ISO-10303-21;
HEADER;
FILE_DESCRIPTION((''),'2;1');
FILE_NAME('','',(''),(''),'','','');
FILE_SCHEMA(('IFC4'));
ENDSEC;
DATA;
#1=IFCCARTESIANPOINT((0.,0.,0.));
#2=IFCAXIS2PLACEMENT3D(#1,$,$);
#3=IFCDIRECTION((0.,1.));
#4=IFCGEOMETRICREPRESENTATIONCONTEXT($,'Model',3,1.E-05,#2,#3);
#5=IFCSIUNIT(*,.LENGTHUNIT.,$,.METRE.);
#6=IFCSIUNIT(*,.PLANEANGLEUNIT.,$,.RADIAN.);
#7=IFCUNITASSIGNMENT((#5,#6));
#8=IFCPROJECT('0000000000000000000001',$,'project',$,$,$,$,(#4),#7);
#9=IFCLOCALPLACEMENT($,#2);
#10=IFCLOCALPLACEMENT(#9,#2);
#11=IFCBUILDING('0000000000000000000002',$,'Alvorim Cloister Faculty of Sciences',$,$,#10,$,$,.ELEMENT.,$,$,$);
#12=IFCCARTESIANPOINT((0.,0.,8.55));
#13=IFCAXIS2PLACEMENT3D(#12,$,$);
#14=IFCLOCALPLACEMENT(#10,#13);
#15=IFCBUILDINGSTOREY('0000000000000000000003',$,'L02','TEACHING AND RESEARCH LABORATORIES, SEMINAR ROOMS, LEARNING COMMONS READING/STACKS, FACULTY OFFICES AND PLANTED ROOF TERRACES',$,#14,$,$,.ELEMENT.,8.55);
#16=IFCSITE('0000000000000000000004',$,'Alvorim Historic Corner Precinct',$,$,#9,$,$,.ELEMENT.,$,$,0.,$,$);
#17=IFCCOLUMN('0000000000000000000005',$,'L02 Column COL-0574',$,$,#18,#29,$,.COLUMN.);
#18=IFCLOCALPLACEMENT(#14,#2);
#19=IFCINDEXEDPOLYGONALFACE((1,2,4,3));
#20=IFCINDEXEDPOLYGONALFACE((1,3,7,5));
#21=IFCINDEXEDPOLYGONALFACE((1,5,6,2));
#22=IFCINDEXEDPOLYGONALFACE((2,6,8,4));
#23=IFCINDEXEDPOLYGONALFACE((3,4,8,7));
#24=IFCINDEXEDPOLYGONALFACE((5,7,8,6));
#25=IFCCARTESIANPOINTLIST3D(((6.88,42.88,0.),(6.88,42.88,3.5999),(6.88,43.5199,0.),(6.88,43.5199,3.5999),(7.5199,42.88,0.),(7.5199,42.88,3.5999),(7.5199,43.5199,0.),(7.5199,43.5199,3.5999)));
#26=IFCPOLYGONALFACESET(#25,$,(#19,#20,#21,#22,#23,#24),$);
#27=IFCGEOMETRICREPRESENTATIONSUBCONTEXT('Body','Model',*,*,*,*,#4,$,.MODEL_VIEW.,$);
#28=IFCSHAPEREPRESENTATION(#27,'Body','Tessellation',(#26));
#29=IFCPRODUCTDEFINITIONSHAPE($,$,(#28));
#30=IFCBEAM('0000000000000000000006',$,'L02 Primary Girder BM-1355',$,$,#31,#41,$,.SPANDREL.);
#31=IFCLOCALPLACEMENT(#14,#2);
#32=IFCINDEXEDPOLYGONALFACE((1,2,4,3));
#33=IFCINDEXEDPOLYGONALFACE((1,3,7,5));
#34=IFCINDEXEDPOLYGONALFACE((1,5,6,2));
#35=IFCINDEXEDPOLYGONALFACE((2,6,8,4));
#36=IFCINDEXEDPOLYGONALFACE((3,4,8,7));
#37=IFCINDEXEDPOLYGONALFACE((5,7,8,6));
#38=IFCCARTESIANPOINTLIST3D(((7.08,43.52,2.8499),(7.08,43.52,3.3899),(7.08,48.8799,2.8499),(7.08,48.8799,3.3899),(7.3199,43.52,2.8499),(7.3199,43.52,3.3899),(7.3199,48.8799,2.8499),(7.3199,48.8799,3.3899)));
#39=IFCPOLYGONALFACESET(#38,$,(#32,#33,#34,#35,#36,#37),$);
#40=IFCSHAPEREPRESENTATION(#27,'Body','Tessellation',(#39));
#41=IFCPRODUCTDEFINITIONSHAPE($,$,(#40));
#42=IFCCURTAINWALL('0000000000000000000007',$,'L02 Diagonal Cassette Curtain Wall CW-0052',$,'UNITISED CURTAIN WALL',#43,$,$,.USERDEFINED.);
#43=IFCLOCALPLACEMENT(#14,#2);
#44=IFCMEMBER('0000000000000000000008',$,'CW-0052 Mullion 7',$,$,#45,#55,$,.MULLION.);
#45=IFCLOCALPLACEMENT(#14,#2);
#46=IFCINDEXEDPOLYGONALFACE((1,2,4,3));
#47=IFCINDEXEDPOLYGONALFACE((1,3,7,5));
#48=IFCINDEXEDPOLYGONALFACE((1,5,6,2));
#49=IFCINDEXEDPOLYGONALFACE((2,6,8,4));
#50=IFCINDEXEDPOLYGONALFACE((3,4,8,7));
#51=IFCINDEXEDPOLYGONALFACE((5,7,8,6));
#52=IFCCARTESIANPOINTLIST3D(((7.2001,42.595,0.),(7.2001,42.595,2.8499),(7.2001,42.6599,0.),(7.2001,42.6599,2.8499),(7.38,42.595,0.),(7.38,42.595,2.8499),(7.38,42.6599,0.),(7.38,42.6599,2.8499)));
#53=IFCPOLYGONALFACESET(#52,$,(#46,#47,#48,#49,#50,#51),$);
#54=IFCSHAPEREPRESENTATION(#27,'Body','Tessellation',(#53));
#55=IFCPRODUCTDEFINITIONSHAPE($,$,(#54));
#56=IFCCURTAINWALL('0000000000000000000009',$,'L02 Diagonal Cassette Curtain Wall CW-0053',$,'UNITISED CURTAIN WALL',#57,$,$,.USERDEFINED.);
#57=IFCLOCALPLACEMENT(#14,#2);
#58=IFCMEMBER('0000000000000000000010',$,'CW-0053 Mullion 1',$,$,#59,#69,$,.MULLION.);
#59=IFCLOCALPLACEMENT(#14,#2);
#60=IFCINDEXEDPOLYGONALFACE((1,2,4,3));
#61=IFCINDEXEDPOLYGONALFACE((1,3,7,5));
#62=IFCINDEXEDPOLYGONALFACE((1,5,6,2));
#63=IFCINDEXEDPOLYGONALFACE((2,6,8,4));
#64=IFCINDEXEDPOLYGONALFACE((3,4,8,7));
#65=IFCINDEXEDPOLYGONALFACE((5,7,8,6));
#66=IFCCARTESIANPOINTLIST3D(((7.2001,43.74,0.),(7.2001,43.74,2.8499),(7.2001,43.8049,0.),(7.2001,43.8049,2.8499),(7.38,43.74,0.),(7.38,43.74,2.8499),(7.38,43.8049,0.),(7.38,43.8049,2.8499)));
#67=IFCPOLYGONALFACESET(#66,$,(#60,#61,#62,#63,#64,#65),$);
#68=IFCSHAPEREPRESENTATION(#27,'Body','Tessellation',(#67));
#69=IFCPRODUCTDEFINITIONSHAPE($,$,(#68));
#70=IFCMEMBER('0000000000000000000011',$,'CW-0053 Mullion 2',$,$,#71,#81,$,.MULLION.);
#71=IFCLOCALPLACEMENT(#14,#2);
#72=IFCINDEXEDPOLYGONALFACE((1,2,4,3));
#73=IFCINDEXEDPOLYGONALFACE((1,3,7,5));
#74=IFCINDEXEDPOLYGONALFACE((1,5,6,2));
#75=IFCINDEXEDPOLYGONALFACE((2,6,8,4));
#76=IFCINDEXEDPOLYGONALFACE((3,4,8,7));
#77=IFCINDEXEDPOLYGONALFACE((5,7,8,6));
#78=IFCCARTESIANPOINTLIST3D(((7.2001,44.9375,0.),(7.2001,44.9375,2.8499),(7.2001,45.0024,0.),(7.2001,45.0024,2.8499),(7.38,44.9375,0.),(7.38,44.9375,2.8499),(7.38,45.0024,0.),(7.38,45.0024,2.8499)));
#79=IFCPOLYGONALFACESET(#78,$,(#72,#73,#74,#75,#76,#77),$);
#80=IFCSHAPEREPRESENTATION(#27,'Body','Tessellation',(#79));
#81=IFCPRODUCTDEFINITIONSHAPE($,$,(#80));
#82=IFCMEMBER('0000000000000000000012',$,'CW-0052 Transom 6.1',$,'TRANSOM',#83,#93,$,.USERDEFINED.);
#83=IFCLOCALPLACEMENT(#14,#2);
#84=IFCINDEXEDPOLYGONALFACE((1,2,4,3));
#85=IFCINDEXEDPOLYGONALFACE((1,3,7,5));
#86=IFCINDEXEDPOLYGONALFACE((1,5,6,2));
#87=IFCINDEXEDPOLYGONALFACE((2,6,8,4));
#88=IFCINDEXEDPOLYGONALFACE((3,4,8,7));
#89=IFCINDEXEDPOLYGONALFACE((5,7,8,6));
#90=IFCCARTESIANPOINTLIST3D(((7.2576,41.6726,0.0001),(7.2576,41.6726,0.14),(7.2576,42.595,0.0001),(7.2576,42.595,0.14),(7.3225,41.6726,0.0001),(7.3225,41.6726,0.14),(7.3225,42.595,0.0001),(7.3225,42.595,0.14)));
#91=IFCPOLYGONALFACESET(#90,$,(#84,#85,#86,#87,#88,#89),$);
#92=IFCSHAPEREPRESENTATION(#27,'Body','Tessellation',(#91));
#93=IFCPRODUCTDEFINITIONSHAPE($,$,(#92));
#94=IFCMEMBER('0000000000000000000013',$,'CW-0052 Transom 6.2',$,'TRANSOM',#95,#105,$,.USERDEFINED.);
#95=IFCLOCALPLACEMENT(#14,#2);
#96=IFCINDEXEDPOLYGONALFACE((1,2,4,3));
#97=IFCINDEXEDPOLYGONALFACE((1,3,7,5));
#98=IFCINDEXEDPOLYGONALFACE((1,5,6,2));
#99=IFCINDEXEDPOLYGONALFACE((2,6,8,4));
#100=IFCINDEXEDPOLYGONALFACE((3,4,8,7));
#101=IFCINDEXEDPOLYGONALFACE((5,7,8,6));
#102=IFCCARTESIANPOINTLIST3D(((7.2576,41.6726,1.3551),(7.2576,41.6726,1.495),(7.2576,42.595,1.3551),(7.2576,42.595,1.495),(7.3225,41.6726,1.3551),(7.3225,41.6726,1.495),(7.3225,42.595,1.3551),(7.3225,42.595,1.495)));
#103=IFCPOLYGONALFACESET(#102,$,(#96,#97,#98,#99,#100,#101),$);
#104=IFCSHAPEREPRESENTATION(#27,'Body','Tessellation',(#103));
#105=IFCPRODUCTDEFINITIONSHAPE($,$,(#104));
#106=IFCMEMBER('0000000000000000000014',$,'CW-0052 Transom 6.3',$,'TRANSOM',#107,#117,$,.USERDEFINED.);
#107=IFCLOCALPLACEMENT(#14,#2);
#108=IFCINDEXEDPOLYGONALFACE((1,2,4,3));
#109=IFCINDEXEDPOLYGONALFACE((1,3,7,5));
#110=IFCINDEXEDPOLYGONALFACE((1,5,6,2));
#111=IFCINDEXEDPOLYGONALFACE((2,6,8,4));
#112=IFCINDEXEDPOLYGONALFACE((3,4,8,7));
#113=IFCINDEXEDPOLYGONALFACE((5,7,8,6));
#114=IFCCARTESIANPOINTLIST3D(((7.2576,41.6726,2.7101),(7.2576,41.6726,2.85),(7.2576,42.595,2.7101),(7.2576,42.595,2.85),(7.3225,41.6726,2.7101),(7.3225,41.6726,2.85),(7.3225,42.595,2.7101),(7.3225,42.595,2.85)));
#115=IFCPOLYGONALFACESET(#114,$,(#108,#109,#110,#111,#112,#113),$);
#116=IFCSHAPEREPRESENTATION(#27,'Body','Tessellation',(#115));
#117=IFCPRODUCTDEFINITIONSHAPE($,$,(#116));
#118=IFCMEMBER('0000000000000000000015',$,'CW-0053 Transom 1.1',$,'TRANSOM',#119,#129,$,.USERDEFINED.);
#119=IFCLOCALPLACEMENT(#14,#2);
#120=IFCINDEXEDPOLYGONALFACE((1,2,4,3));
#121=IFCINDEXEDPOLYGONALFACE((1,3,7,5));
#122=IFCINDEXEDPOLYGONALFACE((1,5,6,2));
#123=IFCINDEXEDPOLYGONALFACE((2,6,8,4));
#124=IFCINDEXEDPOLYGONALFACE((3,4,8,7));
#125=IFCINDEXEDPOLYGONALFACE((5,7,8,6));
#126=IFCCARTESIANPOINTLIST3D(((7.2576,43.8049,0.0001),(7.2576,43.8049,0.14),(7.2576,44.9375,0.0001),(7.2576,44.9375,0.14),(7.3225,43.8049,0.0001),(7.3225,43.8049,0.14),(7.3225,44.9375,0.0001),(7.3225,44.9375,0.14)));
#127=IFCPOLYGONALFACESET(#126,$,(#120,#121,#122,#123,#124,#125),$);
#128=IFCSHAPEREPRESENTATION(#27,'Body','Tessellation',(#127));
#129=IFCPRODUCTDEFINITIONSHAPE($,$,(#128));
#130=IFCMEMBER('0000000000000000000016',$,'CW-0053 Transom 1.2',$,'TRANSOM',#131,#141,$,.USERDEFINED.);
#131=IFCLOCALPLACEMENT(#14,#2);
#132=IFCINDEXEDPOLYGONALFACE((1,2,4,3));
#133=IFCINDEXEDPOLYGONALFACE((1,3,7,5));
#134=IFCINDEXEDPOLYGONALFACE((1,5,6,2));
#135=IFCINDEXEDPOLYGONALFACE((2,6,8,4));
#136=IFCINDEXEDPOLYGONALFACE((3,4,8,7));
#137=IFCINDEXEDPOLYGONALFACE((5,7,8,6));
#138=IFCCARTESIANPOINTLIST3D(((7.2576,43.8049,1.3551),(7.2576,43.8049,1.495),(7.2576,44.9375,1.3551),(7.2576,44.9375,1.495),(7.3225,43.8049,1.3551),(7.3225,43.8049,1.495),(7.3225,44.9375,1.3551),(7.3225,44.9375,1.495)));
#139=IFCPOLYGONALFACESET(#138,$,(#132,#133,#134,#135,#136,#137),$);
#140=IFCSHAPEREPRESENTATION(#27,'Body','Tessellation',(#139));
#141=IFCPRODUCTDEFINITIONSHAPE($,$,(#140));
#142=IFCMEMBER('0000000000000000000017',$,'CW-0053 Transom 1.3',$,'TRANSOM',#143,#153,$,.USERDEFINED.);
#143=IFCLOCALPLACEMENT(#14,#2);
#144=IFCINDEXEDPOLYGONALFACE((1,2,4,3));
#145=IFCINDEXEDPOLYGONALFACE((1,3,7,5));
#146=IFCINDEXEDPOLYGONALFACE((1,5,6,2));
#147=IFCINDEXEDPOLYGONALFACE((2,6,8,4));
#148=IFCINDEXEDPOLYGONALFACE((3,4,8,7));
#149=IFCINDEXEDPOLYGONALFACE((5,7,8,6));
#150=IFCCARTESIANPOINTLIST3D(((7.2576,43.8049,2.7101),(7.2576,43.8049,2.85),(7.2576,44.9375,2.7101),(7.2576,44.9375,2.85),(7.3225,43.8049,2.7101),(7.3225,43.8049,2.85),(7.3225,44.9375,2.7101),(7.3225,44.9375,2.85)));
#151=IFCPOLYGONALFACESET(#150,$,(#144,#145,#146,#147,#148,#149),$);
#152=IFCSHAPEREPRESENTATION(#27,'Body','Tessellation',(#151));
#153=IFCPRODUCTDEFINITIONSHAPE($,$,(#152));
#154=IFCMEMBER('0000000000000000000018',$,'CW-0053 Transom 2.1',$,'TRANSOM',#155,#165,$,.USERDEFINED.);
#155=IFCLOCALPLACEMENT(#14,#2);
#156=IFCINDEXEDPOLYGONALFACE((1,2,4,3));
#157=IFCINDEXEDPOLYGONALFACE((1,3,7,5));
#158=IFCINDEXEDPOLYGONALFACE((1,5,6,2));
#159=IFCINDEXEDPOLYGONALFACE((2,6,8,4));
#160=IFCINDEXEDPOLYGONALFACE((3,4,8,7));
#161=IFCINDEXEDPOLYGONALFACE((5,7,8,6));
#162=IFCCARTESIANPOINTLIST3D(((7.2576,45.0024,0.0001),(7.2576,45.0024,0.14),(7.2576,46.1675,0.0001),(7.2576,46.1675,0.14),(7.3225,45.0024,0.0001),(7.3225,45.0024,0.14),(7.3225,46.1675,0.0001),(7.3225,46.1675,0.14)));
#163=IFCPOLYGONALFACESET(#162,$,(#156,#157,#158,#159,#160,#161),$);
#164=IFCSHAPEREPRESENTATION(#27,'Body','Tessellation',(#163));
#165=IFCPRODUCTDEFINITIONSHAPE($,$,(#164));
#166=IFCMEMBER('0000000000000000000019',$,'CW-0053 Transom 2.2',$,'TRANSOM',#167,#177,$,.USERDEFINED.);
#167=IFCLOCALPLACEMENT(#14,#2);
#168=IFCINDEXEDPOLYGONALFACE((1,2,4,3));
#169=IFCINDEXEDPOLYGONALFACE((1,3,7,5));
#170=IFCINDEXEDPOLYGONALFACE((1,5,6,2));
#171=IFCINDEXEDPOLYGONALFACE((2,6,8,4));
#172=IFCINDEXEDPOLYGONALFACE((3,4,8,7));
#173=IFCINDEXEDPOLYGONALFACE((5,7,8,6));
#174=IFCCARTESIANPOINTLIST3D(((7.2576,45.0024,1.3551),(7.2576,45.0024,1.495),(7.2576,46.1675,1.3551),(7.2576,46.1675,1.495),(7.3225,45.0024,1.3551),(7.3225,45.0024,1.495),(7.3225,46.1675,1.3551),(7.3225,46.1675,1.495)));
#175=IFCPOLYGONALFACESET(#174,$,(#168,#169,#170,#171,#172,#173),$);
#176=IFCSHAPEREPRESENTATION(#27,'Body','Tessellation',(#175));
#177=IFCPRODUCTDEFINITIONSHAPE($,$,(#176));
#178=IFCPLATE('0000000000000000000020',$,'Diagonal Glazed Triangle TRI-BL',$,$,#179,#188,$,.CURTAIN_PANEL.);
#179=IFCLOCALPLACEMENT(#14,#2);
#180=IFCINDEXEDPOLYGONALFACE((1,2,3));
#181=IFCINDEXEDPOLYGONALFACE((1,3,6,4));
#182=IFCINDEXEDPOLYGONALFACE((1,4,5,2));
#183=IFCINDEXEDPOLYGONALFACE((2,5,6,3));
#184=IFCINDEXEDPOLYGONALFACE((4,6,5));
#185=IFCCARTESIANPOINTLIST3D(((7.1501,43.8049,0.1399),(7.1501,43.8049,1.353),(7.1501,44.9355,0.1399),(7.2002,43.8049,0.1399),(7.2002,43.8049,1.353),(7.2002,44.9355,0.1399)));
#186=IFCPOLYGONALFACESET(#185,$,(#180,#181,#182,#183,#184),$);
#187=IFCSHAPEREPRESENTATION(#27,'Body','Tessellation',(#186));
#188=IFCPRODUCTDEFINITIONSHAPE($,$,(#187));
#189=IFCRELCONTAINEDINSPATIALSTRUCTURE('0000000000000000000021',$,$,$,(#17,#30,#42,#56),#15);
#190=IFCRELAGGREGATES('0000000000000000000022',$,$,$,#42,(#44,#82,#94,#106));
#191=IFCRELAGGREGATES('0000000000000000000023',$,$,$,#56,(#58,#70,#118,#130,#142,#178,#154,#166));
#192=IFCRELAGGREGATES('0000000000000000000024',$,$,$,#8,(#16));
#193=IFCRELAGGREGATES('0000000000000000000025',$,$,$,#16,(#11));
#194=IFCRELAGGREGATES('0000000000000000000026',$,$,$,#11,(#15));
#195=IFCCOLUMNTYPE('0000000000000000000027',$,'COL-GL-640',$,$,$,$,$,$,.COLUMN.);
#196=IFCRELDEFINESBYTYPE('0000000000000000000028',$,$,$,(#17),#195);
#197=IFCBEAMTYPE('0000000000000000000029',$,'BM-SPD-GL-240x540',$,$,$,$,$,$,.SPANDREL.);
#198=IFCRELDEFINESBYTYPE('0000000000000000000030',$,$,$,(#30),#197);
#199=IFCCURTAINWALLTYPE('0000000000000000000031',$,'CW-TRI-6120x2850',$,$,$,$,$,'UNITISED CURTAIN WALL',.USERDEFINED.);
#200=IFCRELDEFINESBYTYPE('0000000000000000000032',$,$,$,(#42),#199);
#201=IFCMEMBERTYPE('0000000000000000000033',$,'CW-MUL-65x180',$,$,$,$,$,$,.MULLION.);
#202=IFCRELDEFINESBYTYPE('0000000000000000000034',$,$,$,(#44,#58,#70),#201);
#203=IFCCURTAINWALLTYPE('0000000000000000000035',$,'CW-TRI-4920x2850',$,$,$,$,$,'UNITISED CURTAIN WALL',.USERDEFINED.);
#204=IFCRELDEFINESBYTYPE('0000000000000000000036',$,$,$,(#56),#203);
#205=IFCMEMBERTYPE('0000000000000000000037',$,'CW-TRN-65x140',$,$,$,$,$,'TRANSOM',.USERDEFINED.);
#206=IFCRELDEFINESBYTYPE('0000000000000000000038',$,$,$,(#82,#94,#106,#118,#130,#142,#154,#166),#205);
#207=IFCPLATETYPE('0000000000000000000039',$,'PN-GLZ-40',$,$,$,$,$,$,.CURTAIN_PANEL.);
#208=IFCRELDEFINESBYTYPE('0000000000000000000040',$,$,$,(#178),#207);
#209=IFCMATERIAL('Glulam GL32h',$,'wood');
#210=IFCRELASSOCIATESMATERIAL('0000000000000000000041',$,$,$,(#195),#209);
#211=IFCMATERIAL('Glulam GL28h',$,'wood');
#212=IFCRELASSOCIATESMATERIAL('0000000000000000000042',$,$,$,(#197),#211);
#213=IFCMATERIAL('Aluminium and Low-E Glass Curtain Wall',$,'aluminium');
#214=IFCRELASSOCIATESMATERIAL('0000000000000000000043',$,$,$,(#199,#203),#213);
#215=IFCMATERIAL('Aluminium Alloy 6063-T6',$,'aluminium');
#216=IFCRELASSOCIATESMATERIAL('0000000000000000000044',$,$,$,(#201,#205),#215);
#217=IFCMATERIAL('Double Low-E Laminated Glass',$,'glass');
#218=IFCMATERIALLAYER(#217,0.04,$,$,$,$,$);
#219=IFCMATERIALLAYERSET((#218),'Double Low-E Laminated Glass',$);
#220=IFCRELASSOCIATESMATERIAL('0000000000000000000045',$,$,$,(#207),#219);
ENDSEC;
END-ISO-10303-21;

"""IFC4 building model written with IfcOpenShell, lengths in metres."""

from ifc_helpers import new_model, si_unit, direction, frame, origin, origin_2d, place, context, subcontext, project, spatial, polyline, rectangle, outline, extrude, material, layer, layer_set, material_profile, profile_set, type_object, element, aggregate, save


model = new_model("IFC4")

# Units and contexts
model_context = context("Model", 3, precision=1e-05, world=origin(), true_north=direction((0.0, 1.0)))
body_context = subcontext(model_context, "Body", "Model", "MODEL_VIEW")
ifc_project = project(units=[si_unit("LENGTHUNIT", "METRE"), si_unit("PLANEANGLEUNIT", "RADIAN")], contexts=[model_context])

# Site, building, storey
site_placement = place(None, origin())
site = spatial("IfcSite", under=ifc_project, at=site_placement, Name="Alvorim Historic Corner Precinct", CompositionType="ELEMENT", RefElevation=0.0)
building_placement = place(site_placement, origin())
building = spatial("IfcBuilding", under=site, at=building_placement, Name="Alvorim Cloister Faculty of Sciences", CompositionType="ELEMENT")
storey_placement = place(building_placement, frame((0.0, 0.0, 8.55)))
storey = spatial("IfcBuildingStorey", under=building, at=storey_placement, Name="L02", Description="TEACHING AND RESEARCH LABORATORIES, SEMINAR ROOMS, LEARNING COMMONS READING/STACKS, FACULTY OFFICES AND PLANTED ROOF TERRACES", CompositionType="ELEMENT", Elevation=8.55)

# Column
ifc_material_1 = material(Name="Glulam GL32h", Category="wood")
ifc_material_profile_1 = material_profile(ifc_material_1, rectangle(XDim=0.6399, YDim=0.6399, at=origin_2d()), Name="GL32-COL-640x640")
ifc_profile_set_1 = profile_set([ifc_material_profile_1], Name="Glulam GL32h")
column_type = type_object("IfcColumnType", Name="COL-GL-640", PredefinedType="COLUMN", material=ifc_profile_set_1)
column_placement = place(storey_placement, frame((7.2, 43.2, 0.0), z_axis=(0.0, 0.0, 1.0), x_axis=(1.0, 0.0, 0.0)))
element("IfcColumn", 1, at=column_placement, inside=storey, type_object=column_type, Name="L02 Column COL-0574", PredefinedType="COLUMN", context=body_context, shape_type="SweptSolid", body=[
    extrude(rectangle(XDim=0.6399, YDim=0.6399, at=origin_2d()), origin(), (0.0, 0.0, 1.0), 3.5999),
])

# Beam
ifc_material_2 = material(Name="Glulam GL28h", Category="wood")
ifc_material_profile_2 = material_profile(ifc_material_2, rectangle(XDim=0.24, YDim=0.54, at=origin_2d()), Name="GL28-SPD-240x540")
ifc_profile_set_2 = profile_set([ifc_material_profile_2], Name="Glulam GL28h")
beam_type = type_object("IfcBeamType", Name="BM-SPD-GL-240x540", PredefinedType="SPANDREL", material=ifc_profile_set_2)
beam_placement = place(storey_placement, frame((7.2, 43.52, 3.1199), z_axis=(0.0, 1.0, 0.0), x_axis=(-1.0, 0.0, 0.0)))
element("IfcBeam", 2, at=beam_placement, inside=storey, type_object=beam_type, Name="L02 Primary Girder BM-1355", PredefinedType="SPANDREL", context=body_context, shape_type="SweptSolid", body=[
    extrude(rectangle(XDim=0.24, YDim=0.54, at=origin_2d()), origin(), (0.0, 0.0, 1.0), 5.3599),
])

# Curtain wall, member
ifc_material_3 = material(Name="Aluminium and Low-E Glass Curtain Wall", Category="aluminium")
curtain_wall_type_1 = type_object("IfcCurtainWallType", Name="CW-TRI-6120x2850", ElementType="UNITISED CURTAIN WALL", PredefinedType="USERDEFINED", material=ifc_material_3)
curtain_wall_1_placement = place(storey_placement, origin())
curtain_wall_1 = element("IfcCurtainWall", 3, at=curtain_wall_1_placement, inside=storey, type_object=curtain_wall_type_1, Name="L02 Diagonal Cassette Curtain Wall CW-0052", ObjectType="UNITISED CURTAIN WALL", PredefinedType="USERDEFINED")
ifc_material_4 = material(Name="Aluminium Alloy 6063-T6", Category="aluminium")
ifc_material_profile_3 = material_profile(ifc_material_4, rectangle(XDim=0.0649, YDim=0.1799, at=origin_2d()), Name="ALU-MUL-65x180")
ifc_profile_set_3 = profile_set([ifc_material_profile_3], Name="Aluminium Alloy 6063-T6")
member_type_1 = type_object("IfcMemberType", Name="CW-MUL-65x180", PredefinedType="MULLION", material=ifc_profile_set_3)
member_1_placement = place(storey_placement, frame((7.29, 42.6274, 0.0), z_axis=(0.0, 0.0, 1.0), x_axis=(0.0, 1.0, 0.0)))
member_1 = element("IfcMember", 4, at=member_1_placement, type_object=member_type_1, Name="CW-0052 Mullion 7", PredefinedType="MULLION", context=body_context, shape_type="SweptSolid", body=[
    extrude(rectangle(XDim=0.0649, YDim=0.1799, at=origin_2d()), origin(), (0.0, 0.0, 1.0), 2.8499),
])

# Curtain wall, members
curtain_wall_type_2 = type_object("IfcCurtainWallType", Name="CW-TRI-4920x2850", ElementType="UNITISED CURTAIN WALL", PredefinedType="USERDEFINED", material=ifc_material_3)
curtain_wall_2_placement = place(storey_placement, origin())
curtain_wall_2 = element("IfcCurtainWall", 5, at=curtain_wall_2_placement, inside=storey, type_object=curtain_wall_type_2, Name="L02 Diagonal Cassette Curtain Wall CW-0053", ObjectType="UNITISED CURTAIN WALL", PredefinedType="USERDEFINED")
member_2_placement = place(storey_placement, frame((7.29, 43.7725, 0.0), z_axis=(0.0, 0.0, 1.0), x_axis=(0.0, 1.0, 0.0)))
member_2 = element("IfcMember", 6, at=member_2_placement, type_object=member_type_1, Name="CW-0053 Mullion 1", PredefinedType="MULLION", context=body_context, shape_type="SweptSolid", body=[
    extrude(rectangle(XDim=0.0649, YDim=0.1799, at=origin_2d()), origin(), (0.0, 0.0, 1.0), 2.8499),
])
member_3_placement = place(storey_placement, frame((7.29, 44.97, 0.0), z_axis=(0.0, 0.0, 1.0), x_axis=(0.0, 1.0, 0.0)))
member_3 = element("IfcMember", 7, at=member_3_placement, type_object=member_type_1, Name="CW-0053 Mullion 2", PredefinedType="MULLION", context=body_context, shape_type="SweptSolid", body=[
    extrude(rectangle(XDim=0.0649, YDim=0.1799, at=origin_2d()), origin(), (0.0, 0.0, 1.0), 2.8499),
])

# Members
ifc_material_profile_4 = material_profile(ifc_material_4, rectangle(XDim=0.0649, YDim=0.1399, at=origin_2d()), Name="ALU-TRN-65x140")
ifc_profile_set_4 = profile_set([ifc_material_profile_4], Name="Aluminium Alloy 6063-T6")
member_type_2 = type_object("IfcMemberType", Name="CW-TRN-65x140", ElementType="TRANSOM", PredefinedType="USERDEFINED", material=ifc_profile_set_4)
member_4_placement = place(storey_placement, frame((7.29, 41.6726, 0.0701), z_axis=(0.0, 1.0, 0.0), x_axis=(-1.0, 0.0, 0.0)))
member_4 = element("IfcMember", 8, at=member_4_placement, type_object=member_type_2, Name="CW-0052 Transom 6.1", ObjectType="TRANSOM", PredefinedType="USERDEFINED", context=body_context, shape_type="SweptSolid", body=[
    extrude(rectangle(XDim=0.0649, YDim=0.1399, at=origin_2d()), origin(), (0.0, 0.0, 1.0), 0.9224),
])
member_5_placement = place(storey_placement, frame((7.29, 41.6726, 1.425), z_axis=(0.0, 1.0, 0.0), x_axis=(-1.0, 0.0, 0.0)))
member_5 = element("IfcMember", 9, at=member_5_placement, type_object=member_type_2, Name="CW-0052 Transom 6.2", ObjectType="TRANSOM", PredefinedType="USERDEFINED", context=body_context, shape_type="SweptSolid", body=[
    extrude(rectangle(XDim=0.0649, YDim=0.1399, at=origin_2d()), origin(), (0.0, 0.0, 1.0), 0.9224),
])
member_6_placement = place(storey_placement, frame((7.29, 41.6726, 2.78), z_axis=(0.0, 1.0, 0.0), x_axis=(-1.0, 0.0, 0.0)))
member_6 = element("IfcMember", 10, at=member_6_placement, type_object=member_type_2, Name="CW-0052 Transom 6.3", ObjectType="TRANSOM", PredefinedType="USERDEFINED", context=body_context, shape_type="SweptSolid", body=[
    extrude(rectangle(XDim=0.0649, YDim=0.1399, at=origin_2d()), origin(), (0.0, 0.0, 1.0), 0.9224),
])
aggregate(curtain_wall_1, [member_1, member_4, member_5, member_6])
member_7_placement = place(storey_placement, frame((7.29, 43.8049, 0.0701), z_axis=(0.0, 1.0, 0.0), x_axis=(-1.0, 0.0, 0.0)))
member_7 = element("IfcMember", 11, at=member_7_placement, type_object=member_type_2, Name="CW-0053 Transom 1.1", ObjectType="TRANSOM", PredefinedType="USERDEFINED", context=body_context, shape_type="SweptSolid", body=[
    extrude(rectangle(XDim=0.0649, YDim=0.1399, at=origin_2d()), origin(), (0.0, 0.0, 1.0), 1.1326),
])
member_8_placement = place(storey_placement, frame((7.29, 43.8049, 1.425), z_axis=(0.0, 1.0, 0.0), x_axis=(-1.0, 0.0, 0.0)))
member_8 = element("IfcMember", 12, at=member_8_placement, type_object=member_type_2, Name="CW-0053 Transom 1.2", ObjectType="TRANSOM", PredefinedType="USERDEFINED", context=body_context, shape_type="SweptSolid", body=[
    extrude(rectangle(XDim=0.0649, YDim=0.1399, at=origin_2d()), origin(), (0.0, 0.0, 1.0), 1.1326),
])
member_9_placement = place(storey_placement, frame((7.29, 43.8049, 2.78), z_axis=(0.0, 1.0, 0.0), x_axis=(-1.0, 0.0, 0.0)))
member_9 = element("IfcMember", 13, at=member_9_placement, type_object=member_type_2, Name="CW-0053 Transom 1.3", ObjectType="TRANSOM", PredefinedType="USERDEFINED", context=body_context, shape_type="SweptSolid", body=[
    extrude(rectangle(XDim=0.0649, YDim=0.1399, at=origin_2d()), origin(), (0.0, 0.0, 1.0), 1.1326),
])
member_10_placement = place(storey_placement, frame((7.29, 45.0024, 0.0701), z_axis=(0.0, 1.0, 0.0), x_axis=(-1.0, 0.0, 0.0)))
member_10 = element("IfcMember", 14, at=member_10_placement, type_object=member_type_2, Name="CW-0053 Transom 2.1", ObjectType="TRANSOM", PredefinedType="USERDEFINED", context=body_context, shape_type="SweptSolid", body=[
    extrude(rectangle(XDim=0.0649, YDim=0.1399, at=origin_2d()), origin(), (0.0, 0.0, 1.0), 1.165),
])
member_11_placement = place(storey_placement, frame((7.29, 45.0024, 1.425), z_axis=(0.0, 1.0, 0.0), x_axis=(-1.0, 0.0, 0.0)))
member_11 = element("IfcMember", 15, at=member_11_placement, type_object=member_type_2, Name="CW-0053 Transom 2.2", ObjectType="TRANSOM", PredefinedType="USERDEFINED", context=body_context, shape_type="SweptSolid", body=[
    extrude(rectangle(XDim=0.0649, YDim=0.1399, at=origin_2d()), origin(), (0.0, 0.0, 1.0), 1.165),
])

# Plate
ifc_material_5 = material(Name="Double Low-E Laminated Glass", Category="glass")
ifc_layer_1 = layer(ifc_material_5, 0.04)
ifc_layer_set_1 = layer_set([ifc_layer_1], Name="Double Low-E Laminated Glass")
plate_type = type_object("IfcPlateType", Name="PN-GLZ-40", PredefinedType="CURTAIN_PANEL", material=ifc_layer_set_1)
plate_1_placement = place(storey_placement, frame((7.175, 43.8049, 0.1399), z_axis=(0.0, 0.0, 1.0), x_axis=(0.0, 1.0, 0.0)))
plate_1 = element("IfcPlate", 16, at=plate_1_placement, type_object=plate_type, Name="Diagonal Glazed Triangle TRI-BL", PredefinedType="CURTAIN_PANEL", context=body_context, shape_type="SweptSolid", body=[
    extrude(outline(polyline([(0.0, 0.0), (1.1306, 0.0), (0.0, 1.2131), (0.0, 0.0)])), frame((0.0, 0.0249, 0.0), z_axis=(0.0, -1.0, 0.0), x_axis=(1.0, 0.0, 0.0)), (0.0, 0.0, 1.0), 0.05),
])
aggregate(curtain_wall_2, [member_2, member_3, member_7, member_8, member_9, plate_1, member_10, member_11])

save(model, "model.ifc")
